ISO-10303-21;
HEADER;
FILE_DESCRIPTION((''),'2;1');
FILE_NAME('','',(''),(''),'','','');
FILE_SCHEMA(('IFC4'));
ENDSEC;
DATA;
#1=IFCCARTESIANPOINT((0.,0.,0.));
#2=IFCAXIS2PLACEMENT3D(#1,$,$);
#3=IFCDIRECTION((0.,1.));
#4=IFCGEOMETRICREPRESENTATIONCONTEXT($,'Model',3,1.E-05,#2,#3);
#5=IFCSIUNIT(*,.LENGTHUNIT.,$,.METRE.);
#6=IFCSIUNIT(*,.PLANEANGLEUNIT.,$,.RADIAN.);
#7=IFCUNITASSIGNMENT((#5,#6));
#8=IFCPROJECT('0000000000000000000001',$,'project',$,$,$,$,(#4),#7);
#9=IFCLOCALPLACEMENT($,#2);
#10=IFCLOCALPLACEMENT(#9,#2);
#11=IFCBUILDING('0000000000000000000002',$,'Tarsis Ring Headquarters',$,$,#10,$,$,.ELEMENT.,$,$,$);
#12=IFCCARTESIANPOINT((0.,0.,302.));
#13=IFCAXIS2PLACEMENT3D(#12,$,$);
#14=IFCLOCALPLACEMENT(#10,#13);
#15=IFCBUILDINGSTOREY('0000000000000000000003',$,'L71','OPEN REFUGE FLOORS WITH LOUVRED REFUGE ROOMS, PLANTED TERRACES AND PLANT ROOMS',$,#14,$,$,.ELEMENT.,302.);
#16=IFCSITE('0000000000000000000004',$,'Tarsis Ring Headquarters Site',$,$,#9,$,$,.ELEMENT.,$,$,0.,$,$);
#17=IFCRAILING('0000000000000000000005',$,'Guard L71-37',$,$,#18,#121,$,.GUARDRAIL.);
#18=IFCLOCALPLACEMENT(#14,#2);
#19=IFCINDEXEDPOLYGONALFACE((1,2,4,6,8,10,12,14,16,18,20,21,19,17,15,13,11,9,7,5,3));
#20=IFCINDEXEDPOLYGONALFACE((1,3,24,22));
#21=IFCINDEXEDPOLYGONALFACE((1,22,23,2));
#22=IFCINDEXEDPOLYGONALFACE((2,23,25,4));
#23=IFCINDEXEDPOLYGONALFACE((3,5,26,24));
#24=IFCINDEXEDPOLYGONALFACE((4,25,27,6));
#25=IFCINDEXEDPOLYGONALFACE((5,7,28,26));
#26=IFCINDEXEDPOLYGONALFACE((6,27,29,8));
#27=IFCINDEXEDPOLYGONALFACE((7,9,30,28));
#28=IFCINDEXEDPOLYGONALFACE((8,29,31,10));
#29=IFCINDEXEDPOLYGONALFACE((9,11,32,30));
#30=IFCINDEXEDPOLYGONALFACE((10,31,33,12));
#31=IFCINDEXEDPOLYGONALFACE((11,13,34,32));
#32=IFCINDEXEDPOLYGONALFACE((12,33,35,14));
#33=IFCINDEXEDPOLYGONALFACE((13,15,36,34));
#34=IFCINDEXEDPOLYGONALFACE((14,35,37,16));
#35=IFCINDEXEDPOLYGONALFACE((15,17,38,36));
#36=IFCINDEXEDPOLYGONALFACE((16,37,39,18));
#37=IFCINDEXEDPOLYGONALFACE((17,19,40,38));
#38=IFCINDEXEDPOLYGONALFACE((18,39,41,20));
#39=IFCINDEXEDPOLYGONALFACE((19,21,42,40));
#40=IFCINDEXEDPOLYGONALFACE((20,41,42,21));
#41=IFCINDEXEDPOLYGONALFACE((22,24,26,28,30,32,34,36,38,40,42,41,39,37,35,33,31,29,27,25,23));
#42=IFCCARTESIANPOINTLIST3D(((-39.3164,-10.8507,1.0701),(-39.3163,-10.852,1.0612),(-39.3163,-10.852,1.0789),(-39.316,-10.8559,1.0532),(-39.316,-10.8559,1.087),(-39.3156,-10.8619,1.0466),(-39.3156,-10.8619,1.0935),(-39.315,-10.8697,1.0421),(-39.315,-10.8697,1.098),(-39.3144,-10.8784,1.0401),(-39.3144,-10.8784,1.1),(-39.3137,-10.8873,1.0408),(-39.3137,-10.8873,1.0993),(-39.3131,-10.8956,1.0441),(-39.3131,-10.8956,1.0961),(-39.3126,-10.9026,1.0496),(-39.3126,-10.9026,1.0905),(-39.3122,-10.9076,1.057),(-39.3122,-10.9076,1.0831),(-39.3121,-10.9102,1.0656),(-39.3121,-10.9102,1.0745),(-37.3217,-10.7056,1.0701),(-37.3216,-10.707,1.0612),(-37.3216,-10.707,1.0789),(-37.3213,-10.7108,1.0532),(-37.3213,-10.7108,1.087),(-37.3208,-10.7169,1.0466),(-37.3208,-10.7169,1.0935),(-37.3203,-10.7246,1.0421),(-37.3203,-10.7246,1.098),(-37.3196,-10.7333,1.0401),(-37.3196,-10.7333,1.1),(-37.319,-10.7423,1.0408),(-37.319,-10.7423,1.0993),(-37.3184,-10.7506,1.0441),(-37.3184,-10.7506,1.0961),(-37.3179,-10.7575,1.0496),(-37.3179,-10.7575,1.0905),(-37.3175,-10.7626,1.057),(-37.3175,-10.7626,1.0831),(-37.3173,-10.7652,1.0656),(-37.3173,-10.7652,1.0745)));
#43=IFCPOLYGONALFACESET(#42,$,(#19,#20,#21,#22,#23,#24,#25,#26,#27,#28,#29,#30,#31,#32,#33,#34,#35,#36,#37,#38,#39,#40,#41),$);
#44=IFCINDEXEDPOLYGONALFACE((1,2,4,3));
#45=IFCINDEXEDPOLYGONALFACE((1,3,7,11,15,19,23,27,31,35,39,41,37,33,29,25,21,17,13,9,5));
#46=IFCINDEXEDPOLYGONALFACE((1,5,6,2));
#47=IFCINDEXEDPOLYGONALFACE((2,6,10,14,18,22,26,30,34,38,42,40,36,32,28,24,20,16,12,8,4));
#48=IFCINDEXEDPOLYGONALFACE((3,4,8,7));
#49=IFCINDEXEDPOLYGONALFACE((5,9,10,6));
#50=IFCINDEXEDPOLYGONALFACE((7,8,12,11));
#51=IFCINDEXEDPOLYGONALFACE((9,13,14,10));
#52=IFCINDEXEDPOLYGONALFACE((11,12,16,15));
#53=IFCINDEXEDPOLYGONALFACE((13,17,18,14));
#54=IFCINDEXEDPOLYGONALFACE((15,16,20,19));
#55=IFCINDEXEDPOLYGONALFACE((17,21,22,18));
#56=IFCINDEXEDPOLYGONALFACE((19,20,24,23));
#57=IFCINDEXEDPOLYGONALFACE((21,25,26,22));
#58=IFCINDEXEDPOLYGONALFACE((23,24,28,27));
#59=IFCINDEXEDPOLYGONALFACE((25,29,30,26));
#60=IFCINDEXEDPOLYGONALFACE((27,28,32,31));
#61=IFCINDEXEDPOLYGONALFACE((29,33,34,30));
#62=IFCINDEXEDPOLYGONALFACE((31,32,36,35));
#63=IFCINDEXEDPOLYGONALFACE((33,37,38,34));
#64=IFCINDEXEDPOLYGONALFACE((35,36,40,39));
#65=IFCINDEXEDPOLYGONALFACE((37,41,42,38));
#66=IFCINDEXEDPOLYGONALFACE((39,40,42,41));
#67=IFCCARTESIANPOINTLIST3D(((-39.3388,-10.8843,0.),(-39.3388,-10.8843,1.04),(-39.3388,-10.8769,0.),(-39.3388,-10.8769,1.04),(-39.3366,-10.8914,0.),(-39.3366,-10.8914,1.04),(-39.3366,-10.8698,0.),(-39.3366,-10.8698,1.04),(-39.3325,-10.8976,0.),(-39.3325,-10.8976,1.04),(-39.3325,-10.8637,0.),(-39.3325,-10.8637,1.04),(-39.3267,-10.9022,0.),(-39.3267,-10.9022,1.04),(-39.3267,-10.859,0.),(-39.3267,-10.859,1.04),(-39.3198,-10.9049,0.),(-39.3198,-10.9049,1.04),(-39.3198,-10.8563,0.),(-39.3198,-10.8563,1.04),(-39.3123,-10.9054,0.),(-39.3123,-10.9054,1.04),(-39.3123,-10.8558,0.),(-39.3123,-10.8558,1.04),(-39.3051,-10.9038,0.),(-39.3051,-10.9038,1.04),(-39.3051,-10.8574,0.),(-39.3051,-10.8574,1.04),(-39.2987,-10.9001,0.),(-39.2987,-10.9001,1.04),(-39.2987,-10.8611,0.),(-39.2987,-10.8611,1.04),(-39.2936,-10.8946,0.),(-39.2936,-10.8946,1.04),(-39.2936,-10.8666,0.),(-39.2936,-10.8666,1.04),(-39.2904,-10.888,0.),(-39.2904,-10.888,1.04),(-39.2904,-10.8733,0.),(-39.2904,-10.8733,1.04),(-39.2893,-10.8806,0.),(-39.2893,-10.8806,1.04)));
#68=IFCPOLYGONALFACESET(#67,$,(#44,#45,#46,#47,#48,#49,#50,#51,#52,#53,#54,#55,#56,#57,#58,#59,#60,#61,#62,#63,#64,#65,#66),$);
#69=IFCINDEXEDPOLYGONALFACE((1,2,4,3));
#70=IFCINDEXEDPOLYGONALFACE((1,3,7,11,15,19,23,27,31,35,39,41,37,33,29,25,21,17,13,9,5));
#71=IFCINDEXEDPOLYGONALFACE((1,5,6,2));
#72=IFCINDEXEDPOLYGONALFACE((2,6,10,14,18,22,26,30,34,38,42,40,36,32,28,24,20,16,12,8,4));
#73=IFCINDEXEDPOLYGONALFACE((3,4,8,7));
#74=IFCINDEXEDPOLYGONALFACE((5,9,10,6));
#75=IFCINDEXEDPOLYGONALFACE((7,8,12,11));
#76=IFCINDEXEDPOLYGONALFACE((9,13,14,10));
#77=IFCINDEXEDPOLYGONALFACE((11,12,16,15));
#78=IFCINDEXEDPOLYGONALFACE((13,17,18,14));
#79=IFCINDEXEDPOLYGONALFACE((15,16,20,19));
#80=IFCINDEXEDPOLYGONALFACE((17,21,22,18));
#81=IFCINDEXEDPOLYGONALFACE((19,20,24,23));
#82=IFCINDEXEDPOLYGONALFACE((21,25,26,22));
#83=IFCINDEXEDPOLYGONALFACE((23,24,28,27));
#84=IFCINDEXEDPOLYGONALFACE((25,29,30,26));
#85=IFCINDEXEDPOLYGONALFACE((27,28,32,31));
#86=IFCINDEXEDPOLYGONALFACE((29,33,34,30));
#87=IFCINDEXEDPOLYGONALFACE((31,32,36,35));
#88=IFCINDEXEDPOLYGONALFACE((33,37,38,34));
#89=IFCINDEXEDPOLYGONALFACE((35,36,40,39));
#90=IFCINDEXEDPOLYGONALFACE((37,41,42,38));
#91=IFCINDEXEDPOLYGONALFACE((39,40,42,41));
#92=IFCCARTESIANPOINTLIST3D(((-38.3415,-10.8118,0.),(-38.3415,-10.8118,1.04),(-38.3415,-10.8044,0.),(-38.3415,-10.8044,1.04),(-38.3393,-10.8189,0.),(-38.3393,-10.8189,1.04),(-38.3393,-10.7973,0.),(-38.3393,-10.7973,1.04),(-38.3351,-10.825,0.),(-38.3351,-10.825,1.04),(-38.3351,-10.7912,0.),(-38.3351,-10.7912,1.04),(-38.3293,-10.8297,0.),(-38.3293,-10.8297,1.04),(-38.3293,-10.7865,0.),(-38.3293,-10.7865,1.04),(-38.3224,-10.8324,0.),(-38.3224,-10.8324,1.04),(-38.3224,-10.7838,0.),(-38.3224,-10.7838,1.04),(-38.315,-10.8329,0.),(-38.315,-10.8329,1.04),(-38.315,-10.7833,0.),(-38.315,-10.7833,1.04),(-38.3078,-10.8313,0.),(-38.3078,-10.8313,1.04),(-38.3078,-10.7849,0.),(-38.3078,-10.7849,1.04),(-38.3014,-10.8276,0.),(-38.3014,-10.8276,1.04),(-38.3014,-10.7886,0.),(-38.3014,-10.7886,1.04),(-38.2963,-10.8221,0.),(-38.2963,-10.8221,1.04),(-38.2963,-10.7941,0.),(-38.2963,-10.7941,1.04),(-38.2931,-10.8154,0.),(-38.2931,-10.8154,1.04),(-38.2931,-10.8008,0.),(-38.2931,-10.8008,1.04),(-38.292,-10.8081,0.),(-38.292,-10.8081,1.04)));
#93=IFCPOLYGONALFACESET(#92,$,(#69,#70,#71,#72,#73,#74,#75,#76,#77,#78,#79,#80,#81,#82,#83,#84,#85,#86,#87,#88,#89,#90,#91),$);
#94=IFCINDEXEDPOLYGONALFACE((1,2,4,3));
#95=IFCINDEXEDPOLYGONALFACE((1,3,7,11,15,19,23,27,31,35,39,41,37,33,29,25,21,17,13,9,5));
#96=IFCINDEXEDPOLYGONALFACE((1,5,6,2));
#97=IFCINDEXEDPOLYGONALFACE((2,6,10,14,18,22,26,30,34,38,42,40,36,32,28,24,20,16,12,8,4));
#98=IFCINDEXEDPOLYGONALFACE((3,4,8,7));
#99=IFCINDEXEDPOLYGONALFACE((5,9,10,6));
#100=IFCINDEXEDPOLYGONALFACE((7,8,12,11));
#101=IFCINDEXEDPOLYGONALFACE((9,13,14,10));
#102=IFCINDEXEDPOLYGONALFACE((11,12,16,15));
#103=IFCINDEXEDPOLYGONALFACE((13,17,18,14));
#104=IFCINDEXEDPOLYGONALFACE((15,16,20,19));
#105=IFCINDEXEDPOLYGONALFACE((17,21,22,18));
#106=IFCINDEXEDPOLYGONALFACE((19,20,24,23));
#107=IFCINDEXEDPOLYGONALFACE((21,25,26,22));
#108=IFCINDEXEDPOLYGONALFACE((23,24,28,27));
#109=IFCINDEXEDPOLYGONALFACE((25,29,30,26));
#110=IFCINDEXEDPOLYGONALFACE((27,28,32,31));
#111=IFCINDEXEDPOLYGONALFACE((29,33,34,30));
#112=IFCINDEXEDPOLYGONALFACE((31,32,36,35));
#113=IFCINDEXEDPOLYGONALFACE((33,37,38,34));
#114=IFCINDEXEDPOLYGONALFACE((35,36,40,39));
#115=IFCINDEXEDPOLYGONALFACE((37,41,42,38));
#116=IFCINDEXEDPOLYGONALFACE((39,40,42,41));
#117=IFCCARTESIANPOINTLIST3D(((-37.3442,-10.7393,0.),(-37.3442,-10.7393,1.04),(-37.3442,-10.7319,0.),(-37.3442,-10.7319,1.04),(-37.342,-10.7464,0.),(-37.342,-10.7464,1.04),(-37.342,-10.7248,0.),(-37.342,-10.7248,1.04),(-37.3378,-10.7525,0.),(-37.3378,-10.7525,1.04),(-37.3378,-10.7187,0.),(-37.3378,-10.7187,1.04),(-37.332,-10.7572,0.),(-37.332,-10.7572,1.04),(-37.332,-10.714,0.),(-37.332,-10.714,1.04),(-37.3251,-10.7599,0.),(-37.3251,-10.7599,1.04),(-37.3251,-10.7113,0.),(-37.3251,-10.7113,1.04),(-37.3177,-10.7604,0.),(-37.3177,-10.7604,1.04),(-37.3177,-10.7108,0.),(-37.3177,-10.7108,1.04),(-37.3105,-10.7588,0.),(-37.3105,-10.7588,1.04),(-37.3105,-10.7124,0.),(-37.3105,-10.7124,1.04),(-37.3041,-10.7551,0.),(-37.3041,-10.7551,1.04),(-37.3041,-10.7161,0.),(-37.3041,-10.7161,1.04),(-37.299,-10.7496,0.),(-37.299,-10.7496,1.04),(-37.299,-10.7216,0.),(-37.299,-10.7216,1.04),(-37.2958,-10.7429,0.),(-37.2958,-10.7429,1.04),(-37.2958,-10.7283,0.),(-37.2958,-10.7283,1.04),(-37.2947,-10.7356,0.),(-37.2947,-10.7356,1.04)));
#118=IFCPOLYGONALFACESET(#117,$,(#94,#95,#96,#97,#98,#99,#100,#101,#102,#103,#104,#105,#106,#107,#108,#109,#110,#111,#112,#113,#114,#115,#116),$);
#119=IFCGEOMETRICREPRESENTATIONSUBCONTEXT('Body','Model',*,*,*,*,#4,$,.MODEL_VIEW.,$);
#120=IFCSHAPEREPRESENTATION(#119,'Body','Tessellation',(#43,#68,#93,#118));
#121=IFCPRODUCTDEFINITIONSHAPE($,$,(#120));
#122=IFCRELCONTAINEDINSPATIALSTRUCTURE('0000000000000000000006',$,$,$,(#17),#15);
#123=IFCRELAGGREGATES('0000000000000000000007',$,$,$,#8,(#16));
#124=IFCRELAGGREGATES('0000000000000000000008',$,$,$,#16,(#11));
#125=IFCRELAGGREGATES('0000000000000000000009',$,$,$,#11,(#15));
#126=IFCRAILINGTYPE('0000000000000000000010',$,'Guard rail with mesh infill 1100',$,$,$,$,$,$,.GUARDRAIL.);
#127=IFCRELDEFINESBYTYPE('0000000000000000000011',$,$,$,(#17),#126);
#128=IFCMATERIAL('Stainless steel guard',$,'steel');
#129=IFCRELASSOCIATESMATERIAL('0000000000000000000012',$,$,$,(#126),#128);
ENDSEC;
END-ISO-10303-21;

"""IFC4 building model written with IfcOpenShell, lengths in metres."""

from ifc_helpers import new_model, si_unit, direction, frame, origin, origin_2d, place, context, subcontext, project, spatial, circle, extrude, material, type_object, element, save


model = new_model("IFC4")

# Units and contexts
model_context = context("Model", 3, precision=1e-05, world=origin(), true_north=direction((0.0, 1.0)))
body_context = subcontext(model_context, "Body", "Model", "MODEL_VIEW")
ifc_project = project(units=[si_unit("LENGTHUNIT", "METRE"), si_unit("PLANEANGLEUNIT", "RADIAN")], contexts=[model_context])

# Site, building, storey
site_placement = place(None, origin())
site = spatial("IfcSite", under=ifc_project, at=site_placement, Name="Tarsis Ring Headquarters Site", CompositionType="ELEMENT", RefElevation=0.0)
building_placement = place(site_placement, origin())
building = spatial("IfcBuilding", under=site, at=building_placement, Name="Tarsis Ring Headquarters", CompositionType="ELEMENT")
storey_placement = place(building_placement, frame((0.0, 0.0, 302.0)))
storey = spatial("IfcBuildingStorey", under=building, at=storey_placement, Name="L71", Description="OPEN REFUGE FLOORS WITH LOUVRED REFUGE ROOMS, PLANTED TERRACES AND PLANT ROOMS", CompositionType="ELEMENT", Elevation=302.0)

# Railing
ifc_material_1 = material(Name="Stainless steel guard", Category="steel")
railing_type_1 = type_object("IfcRailingType", Name="Guard rail with mesh infill 1100", PredefinedType="GUARDRAIL", material=ifc_material_1)
railing_1_placement = place(storey_placement, frame((-39.3142, -10.8806, 0.0)))
element("IfcRailing", 1, at=railing_1_placement, inside=storey, type_object=railing_type_1, Name="Guard L71-37", PredefinedType="GUARDRAIL", context=body_context, shape_type="SweptSolid", body=[
    extrude(circle(Radius=0.03, at=origin_2d()), frame((0.0, 0.0, 1.0701), z_axis=(0.997367, 0.072514, 0.0), x_axis=(-0.072514, 0.997367, 0.0)), (0.0, 0.0, 1.0), 2.0),
    extrude(circle(Radius=0.0249, at=origin_2d()), origin(), (0.0, 0.0, 1.0), 1.04),
    extrude(circle(Radius=0.0249, at=origin_2d()), frame((0.9973, 0.0725, 0.0)), (0.0, 0.0, 1.0), 1.04),
    extrude(circle(Radius=0.0249, at=origin_2d()), frame((1.9946, 0.145, 0.0)), (0.0, 0.0, 1.0), 1.04),
])

save(model, "model.ifc")
